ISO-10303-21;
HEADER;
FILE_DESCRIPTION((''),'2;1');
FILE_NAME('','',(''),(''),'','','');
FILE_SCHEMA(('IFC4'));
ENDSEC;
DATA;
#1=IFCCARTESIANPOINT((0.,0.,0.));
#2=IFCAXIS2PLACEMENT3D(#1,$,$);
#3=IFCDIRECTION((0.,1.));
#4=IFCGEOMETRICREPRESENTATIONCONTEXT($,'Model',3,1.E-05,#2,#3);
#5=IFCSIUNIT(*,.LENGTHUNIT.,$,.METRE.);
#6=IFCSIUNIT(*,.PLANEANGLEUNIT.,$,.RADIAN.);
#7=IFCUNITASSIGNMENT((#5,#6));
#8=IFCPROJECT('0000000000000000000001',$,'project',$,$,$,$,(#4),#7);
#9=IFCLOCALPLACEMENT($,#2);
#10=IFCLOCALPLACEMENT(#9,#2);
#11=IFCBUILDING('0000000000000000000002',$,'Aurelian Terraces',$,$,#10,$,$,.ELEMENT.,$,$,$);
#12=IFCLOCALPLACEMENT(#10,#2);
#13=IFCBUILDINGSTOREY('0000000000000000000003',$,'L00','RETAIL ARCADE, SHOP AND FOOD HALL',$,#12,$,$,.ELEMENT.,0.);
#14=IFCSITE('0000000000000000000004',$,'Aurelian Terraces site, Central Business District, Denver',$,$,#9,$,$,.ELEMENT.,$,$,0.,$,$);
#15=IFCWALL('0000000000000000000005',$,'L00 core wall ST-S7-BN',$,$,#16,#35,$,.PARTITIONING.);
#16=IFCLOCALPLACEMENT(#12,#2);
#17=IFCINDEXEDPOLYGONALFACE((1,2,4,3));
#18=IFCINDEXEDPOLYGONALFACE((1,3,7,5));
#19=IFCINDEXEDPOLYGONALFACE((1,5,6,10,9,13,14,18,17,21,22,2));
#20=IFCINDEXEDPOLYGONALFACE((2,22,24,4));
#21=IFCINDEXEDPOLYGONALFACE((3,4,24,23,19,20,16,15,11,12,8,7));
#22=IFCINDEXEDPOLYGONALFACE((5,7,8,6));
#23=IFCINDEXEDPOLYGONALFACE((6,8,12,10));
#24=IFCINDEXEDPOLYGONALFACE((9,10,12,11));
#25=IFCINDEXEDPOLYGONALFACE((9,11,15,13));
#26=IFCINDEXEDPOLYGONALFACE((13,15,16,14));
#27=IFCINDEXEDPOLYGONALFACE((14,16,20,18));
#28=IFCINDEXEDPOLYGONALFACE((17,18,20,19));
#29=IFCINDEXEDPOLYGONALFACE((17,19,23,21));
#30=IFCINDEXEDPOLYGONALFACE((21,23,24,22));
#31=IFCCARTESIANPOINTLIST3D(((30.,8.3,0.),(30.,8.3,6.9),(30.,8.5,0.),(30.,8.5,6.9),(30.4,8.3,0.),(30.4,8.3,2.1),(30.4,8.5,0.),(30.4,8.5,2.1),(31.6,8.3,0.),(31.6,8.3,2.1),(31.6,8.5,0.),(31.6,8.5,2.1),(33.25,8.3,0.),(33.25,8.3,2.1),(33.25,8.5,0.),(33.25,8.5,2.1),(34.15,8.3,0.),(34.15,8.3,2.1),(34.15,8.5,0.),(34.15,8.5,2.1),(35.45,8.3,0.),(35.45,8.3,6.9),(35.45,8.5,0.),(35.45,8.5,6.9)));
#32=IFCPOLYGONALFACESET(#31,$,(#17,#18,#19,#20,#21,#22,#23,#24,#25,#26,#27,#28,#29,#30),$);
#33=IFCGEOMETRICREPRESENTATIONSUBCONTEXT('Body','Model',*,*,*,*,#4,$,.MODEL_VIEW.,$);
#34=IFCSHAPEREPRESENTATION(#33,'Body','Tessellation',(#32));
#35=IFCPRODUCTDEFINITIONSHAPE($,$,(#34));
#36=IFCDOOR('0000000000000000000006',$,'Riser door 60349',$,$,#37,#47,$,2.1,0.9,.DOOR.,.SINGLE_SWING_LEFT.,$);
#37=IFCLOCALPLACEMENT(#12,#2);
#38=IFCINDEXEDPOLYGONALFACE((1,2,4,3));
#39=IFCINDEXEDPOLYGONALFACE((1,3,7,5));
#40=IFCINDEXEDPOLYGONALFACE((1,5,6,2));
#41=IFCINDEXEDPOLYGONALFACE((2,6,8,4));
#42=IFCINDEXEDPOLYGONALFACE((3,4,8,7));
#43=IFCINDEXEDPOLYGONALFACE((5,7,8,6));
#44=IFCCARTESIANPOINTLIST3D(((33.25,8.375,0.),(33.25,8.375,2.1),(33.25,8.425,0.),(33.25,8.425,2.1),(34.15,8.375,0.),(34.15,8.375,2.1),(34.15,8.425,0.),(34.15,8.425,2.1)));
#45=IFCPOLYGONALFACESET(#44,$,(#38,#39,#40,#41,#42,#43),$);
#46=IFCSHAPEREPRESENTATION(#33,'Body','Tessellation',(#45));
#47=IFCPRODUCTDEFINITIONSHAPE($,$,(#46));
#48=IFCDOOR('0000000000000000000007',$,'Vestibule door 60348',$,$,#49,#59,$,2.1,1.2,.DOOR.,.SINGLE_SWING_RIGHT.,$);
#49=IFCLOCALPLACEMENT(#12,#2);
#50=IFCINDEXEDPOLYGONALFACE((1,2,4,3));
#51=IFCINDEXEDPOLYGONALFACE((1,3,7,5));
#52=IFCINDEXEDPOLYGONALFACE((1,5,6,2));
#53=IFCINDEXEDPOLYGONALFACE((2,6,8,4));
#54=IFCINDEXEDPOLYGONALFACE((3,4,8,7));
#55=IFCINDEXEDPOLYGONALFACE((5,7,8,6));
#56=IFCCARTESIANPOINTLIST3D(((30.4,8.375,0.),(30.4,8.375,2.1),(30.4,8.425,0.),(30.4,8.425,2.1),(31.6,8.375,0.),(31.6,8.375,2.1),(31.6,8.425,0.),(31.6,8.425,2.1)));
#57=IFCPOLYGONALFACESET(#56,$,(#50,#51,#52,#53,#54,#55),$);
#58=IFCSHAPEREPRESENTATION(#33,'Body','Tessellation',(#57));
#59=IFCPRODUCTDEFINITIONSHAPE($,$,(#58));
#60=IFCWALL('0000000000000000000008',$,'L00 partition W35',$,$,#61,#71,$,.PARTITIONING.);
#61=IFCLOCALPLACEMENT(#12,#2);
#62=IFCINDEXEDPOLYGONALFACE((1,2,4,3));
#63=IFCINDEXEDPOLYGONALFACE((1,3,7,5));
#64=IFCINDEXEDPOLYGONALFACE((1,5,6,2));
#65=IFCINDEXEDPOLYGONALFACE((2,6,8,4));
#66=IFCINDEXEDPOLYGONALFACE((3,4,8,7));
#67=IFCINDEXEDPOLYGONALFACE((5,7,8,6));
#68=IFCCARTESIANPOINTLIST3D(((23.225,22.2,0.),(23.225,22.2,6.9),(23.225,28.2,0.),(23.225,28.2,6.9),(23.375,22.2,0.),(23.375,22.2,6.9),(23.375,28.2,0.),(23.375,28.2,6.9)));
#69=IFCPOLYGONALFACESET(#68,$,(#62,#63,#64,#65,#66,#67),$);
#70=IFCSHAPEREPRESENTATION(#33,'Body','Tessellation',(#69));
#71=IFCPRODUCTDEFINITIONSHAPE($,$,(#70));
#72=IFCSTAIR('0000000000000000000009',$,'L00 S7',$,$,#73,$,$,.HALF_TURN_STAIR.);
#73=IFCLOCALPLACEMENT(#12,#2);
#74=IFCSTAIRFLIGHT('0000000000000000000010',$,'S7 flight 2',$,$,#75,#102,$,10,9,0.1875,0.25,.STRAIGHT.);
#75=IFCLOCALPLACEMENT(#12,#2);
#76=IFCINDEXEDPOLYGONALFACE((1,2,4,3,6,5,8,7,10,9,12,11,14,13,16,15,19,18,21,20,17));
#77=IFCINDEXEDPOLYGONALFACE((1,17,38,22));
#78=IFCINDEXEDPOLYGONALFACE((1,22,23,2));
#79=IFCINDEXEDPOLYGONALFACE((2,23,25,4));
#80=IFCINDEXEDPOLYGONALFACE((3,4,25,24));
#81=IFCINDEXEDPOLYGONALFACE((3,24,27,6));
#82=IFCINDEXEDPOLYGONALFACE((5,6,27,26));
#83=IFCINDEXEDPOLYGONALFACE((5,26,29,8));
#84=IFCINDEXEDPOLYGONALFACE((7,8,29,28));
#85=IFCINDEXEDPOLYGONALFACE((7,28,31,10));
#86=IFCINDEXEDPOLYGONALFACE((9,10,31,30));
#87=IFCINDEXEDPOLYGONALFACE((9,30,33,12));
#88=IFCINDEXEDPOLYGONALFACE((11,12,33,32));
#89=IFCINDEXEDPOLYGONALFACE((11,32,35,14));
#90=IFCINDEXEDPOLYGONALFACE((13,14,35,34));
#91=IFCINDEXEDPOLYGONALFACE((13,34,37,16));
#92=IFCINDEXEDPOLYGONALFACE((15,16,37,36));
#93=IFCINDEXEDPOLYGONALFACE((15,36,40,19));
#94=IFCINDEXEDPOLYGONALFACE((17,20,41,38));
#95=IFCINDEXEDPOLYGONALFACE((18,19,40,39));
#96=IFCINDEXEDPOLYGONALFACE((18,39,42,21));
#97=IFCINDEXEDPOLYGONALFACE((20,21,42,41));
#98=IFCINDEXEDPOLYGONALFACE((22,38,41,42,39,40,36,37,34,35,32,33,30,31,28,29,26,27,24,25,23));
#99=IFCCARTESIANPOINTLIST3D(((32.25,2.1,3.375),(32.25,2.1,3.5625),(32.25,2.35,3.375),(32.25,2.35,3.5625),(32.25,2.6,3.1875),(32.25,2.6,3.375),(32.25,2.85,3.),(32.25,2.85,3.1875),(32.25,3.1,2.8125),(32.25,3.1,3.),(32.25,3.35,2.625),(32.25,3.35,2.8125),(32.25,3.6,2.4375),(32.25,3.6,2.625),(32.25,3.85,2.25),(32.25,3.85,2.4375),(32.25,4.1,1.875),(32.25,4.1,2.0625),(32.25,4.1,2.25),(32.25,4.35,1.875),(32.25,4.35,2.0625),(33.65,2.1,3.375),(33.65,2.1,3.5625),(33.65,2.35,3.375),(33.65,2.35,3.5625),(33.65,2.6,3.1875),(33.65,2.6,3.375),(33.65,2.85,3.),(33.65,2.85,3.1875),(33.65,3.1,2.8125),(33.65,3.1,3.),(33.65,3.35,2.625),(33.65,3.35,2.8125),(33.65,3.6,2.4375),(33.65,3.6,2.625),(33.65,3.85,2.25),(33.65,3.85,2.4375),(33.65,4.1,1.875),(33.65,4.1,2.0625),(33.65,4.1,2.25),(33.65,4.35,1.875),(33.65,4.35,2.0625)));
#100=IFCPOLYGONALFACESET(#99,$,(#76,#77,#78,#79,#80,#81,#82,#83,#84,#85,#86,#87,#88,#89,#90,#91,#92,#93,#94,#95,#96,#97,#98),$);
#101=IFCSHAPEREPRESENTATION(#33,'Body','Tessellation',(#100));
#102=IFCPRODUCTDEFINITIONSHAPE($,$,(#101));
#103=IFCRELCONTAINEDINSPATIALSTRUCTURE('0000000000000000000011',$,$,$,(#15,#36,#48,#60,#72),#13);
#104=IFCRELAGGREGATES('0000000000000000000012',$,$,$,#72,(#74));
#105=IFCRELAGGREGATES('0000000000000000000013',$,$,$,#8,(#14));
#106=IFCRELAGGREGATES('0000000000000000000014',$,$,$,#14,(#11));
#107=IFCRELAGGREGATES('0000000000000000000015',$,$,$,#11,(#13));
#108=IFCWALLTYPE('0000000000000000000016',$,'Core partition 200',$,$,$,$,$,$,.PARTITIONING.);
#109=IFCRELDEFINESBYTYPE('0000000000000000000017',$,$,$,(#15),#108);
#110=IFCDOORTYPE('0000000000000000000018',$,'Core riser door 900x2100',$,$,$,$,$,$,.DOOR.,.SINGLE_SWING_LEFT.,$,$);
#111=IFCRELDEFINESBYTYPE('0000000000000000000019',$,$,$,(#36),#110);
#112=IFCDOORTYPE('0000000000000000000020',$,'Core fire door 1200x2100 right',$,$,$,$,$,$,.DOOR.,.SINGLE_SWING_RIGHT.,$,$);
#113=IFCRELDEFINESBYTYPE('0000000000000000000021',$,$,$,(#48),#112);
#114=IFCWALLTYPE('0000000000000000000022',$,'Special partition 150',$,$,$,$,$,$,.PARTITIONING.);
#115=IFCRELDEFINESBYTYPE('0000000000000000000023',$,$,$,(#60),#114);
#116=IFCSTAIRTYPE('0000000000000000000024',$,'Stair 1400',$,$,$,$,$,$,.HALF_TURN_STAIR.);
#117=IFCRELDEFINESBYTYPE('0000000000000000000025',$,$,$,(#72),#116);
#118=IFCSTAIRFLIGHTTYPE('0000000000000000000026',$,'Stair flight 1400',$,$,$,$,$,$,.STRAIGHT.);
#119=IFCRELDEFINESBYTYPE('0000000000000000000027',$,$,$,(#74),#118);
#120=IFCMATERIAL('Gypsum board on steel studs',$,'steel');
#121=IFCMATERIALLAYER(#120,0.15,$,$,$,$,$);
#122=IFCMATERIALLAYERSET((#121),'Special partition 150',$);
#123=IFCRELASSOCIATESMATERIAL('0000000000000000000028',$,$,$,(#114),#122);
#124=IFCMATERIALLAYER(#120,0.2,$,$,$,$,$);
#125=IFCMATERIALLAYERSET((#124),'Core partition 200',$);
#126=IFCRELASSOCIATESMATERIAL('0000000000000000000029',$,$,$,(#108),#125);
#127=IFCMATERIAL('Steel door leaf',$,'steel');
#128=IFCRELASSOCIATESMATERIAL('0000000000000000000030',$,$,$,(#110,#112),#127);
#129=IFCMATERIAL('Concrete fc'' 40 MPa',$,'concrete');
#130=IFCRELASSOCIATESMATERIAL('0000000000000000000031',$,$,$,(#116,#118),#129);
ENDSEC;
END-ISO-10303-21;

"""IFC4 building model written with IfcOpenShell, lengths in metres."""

from ifc_helpers import new_model, si_unit, direction, frame, frame_2d, origin, place, context, subcontext, project, spatial, polyline, rectangle, outline, extrude, source, transform, mapped, material, layer, layer_set, type_object, element, fill, aggregate, save


model = new_model("IFC4")

# Units and contexts
model_context = context("Model", 3, precision=1e-05, world=origin(), true_north=direction((0.0, 1.0)))
body_context = subcontext(model_context, "Body", "Model", "MODEL_VIEW")
ifc_project = project(units=[si_unit("LENGTHUNIT", "METRE"), si_unit("PLANEANGLEUNIT", "RADIAN")], contexts=[model_context])

# Site, building, storey
site_placement = place(None, origin())
site = spatial("IfcSite", under=ifc_project, at=site_placement, Name="Aurelian Terraces site, Central Business District, Denver", CompositionType="ELEMENT", RefElevation=0.0)
building_placement = place(site_placement, origin())
building = spatial("IfcBuilding", under=site, at=building_placement, Name="Aurelian Terraces", CompositionType="ELEMENT")
storey_placement = place(building_placement, origin())
storey = spatial("IfcBuildingStorey", under=building, at=storey_placement, Name="L00", Description="RETAIL ARCADE, SHOP AND FOOD HALL", CompositionType="ELEMENT", Elevation=0.0)

# Shared definitions
ifc_material_1 = material(Name="Steel door leaf", Category="steel")
shared_shape_1 = source(origin(), body_context, "Body", "SweptSolid", [
    extrude(rectangle(XDim=1.2, YDim=2.1, at=frame_2d((0.6, 1.05))), frame((0.0, 0.025, 0.0), z_axis=(0.0, -1.0, 0.0), x_axis=(1.0, 0.0, 0.0)), (0.0, 0.0, 1.0), 0.05),
])

# Shared definitions
ifc_material_2 = material(Name="Gypsum board on steel studs", Category="steel")
ifc_layer_1 = layer(ifc_material_2, 0.15)
ifc_layer_set_1 = layer_set([ifc_layer_1], Name="Special partition 150")
wall_type_1 = type_object("IfcWallType", Name="Special partition 150", PredefinedType="PARTITIONING", material=ifc_layer_set_1)
ifc_material_3 = material(Name="Concrete fc' 40 MPa", Category="concrete")

# Shared definitions
ifc_layer_2 = layer(ifc_material_2, 0.2)
ifc_layer_set_2 = layer_set([ifc_layer_2], Name="Core partition 200")
wall_type_2 = type_object("IfcWallType", Name="Core partition 200", PredefinedType="PARTITIONING", material=ifc_layer_set_2)

# Wall, openings, doors
shared_shape_2 = source(origin(), body_context, "Body", "SweptSolid", [
    extrude(rectangle(XDim=5.45, YDim=0.2, at=frame_2d((2.725, 0.0))), origin(), (0.0, 0.0, 1.0), 6.9),
])
wall_1_placement = place(storey_placement, frame((30.0, 8.4, 0.0), z_axis=(0.0, 0.0, 1.0), x_axis=(1.0, 0.0, 0.0)))
wall_1 = element("IfcWall", 1, at=wall_1_placement, inside=storey, type_object=wall_type_2, Name="L00 core wall ST-S7-BN", PredefinedType="PARTITIONING", context=body_context, shape_type="MappedRepresentation", body=[
    mapped(shared_shape_2, transform((0.0, 0.0, 0.0), scale=1.0)),
])
shared_shape_3 = source(origin(), body_context, "Body", "SweptSolid", [
    extrude(rectangle(XDim=1.2, YDim=2.1, at=frame_2d((0.6, 1.05))), frame((0.0, 0.11, 0.0), z_axis=(0.0, -1.0, 0.0), x_axis=(1.0, 0.0, 0.0)), (0.0, 0.0, 1.0), 0.22),
])
opening_1_placement = place(wall_1_placement, frame((0.4, 0.0, 0.0)))
opening_1 = element("IfcOpeningElement", 2, at=opening_1_placement, cuts=wall_1, PredefinedType="OPENING", context=body_context, shape_type="MappedRepresentation", body=[
    mapped(shared_shape_3, transform((0.0, 0.0, 0.0), scale=1.0)),
])
shared_shape_4 = source(origin(), body_context, "Body", "SweptSolid", [
    extrude(rectangle(XDim=0.9, YDim=2.1, at=frame_2d((0.45, 1.05))), frame((0.0, 0.11, 0.0), z_axis=(0.0, -1.0, 0.0), x_axis=(1.0, 0.0, 0.0)), (0.0, 0.0, 1.0), 0.22),
])
opening_2_placement = place(wall_1_placement, frame((3.25, 0.0, 0.0)))
opening_2 = element("IfcOpeningElement", 3, at=opening_2_placement, cuts=wall_1, PredefinedType="OPENING", context=body_context, shape_type="MappedRepresentation", body=[
    mapped(shared_shape_4, transform((0.0, 0.0, 0.0), scale=1.0)),
])
door_type_1 = type_object("IfcDoorType", Name="Core riser door 900x2100", OperationType="SINGLE_SWING_LEFT", PredefinedType="DOOR", material=ifc_material_1)
shared_shape_5 = source(origin(), body_context, "Body", "SweptSolid", [
    extrude(rectangle(XDim=0.9, YDim=2.1, at=frame_2d((0.45, 1.05))), frame((0.0, 0.025, 0.0), z_axis=(0.0, -1.0, 0.0), x_axis=(1.0, 0.0, 0.0)), (0.0, 0.0, 1.0), 0.05),
])
door_1_placement = place(opening_2_placement, origin())
door_1 = element("IfcDoor", 4, at=door_1_placement, inside=storey, type_object=door_type_1, Name="Riser door 60349", OperationType="SINGLE_SWING_LEFT", OverallHeight=2.1, OverallWidth=0.9, PredefinedType="DOOR", context=body_context, shape_type="MappedRepresentation", body=[
    mapped(shared_shape_5, transform((0.0, 0.0, 0.0), scale=1.0)),
])
fill(opening_2, door_1)
door_type_2 = type_object("IfcDoorType", Name="Core fire door 1200x2100 right", OperationType="SINGLE_SWING_RIGHT", PredefinedType="DOOR", material=ifc_material_1)
door_2_placement = place(opening_1_placement, origin())
door_2 = element("IfcDoor", 5, at=door_2_placement, inside=storey, type_object=door_type_2, Name="Vestibule door 60348", OperationType="SINGLE_SWING_RIGHT", OverallHeight=2.1, OverallWidth=1.2, PredefinedType="DOOR", context=body_context, shape_type="MappedRepresentation", body=[
    mapped(shared_shape_1, transform((0.0, 0.0, 0.0), scale=1.0)),
])
fill(opening_1, door_2)

# Wall
shared_shape_6 = source(origin(), body_context, "Body", "SweptSolid", [
    extrude(rectangle(XDim=6.0, YDim=0.15, at=frame_2d((3.0, 0.0))), origin(), (0.0, 0.0, 1.0), 6.9),
])
wall_2_placement = place(storey_placement, frame((23.3, 22.2, 0.0), z_axis=(0.0, 0.0, 1.0), x_axis=(0.0, 1.0, 0.0)))
element("IfcWall", 6, at=wall_2_placement, inside=storey, type_object=wall_type_1, Name="L00 partition W35", PredefinedType="PARTITIONING", context=body_context, shape_type="MappedRepresentation", body=[
    mapped(shared_shape_6, transform((0.0, 0.0, 0.0), scale=1.0)),
])

# Stair, stair flight
stair_type = type_object("IfcStairType", Name="Stair 1400", PredefinedType="HALF_TURN_STAIR", material=ifc_material_3)
stair_placement = place(storey_placement, origin())
stair = element("IfcStair", 7, at=stair_placement, inside=storey, type_object=stair_type, Name="L00 S7", PredefinedType="HALF_TURN_STAIR")
stair_flight_type = type_object("IfcStairFlightType", Name="Stair flight 1400", PredefinedType="STRAIGHT", material=ifc_material_3)
shared_shape_7 = source(origin(), body_context, "Body", "SweptSolid", [
    extrude(outline(polyline([(0.0, 0.0), (0.0, 0.1875), (0.25, 0.1875), (0.25, 0.375), (0.5, 0.375), (0.5, 0.5625), (0.75, 0.5625), (0.75, 0.75), (1.0, 0.75), (1.0, 0.9375), (1.25, 0.9375), (1.25, 1.125), (1.5, 1.125), (1.5, 1.3125), (1.75, 1.3125), (1.75, 1.5), (2.0, 1.5), (2.0, 1.6875), (2.25, 1.6875), (2.25, 1.875), (2.25, 1.5), (0.25, 0.0), (0.0, 0.0)])), frame((0.0, 0.7, 0.0), z_axis=(0.0, -1.0, 0.0), x_axis=(1.0, 0.0, 0.0)), (0.0, 0.0, 1.0), 1.4),
])
stair_flight_placement = place(storey_placement, frame((32.95, 4.35, 1.875), z_axis=(0.0, 0.0, 1.0), x_axis=(0.0, -1.0, 0.0)))
stair_flight = element("IfcStairFlight", 8, at=stair_flight_placement, type_object=stair_flight_type, Name="S7 flight 2", NumberOfRisers=10, NumberOfTreads=9, PredefinedType="STRAIGHT", RiserHeight=0.1875, TreadLength=0.25, context=body_context, shape_type="MappedRepresentation", body=[
    mapped(shared_shape_7, transform((0.0, 0.0, 0.0), scale=1.0)),
])
aggregate(stair, [stair_flight])

save(model, "model.ifc")
